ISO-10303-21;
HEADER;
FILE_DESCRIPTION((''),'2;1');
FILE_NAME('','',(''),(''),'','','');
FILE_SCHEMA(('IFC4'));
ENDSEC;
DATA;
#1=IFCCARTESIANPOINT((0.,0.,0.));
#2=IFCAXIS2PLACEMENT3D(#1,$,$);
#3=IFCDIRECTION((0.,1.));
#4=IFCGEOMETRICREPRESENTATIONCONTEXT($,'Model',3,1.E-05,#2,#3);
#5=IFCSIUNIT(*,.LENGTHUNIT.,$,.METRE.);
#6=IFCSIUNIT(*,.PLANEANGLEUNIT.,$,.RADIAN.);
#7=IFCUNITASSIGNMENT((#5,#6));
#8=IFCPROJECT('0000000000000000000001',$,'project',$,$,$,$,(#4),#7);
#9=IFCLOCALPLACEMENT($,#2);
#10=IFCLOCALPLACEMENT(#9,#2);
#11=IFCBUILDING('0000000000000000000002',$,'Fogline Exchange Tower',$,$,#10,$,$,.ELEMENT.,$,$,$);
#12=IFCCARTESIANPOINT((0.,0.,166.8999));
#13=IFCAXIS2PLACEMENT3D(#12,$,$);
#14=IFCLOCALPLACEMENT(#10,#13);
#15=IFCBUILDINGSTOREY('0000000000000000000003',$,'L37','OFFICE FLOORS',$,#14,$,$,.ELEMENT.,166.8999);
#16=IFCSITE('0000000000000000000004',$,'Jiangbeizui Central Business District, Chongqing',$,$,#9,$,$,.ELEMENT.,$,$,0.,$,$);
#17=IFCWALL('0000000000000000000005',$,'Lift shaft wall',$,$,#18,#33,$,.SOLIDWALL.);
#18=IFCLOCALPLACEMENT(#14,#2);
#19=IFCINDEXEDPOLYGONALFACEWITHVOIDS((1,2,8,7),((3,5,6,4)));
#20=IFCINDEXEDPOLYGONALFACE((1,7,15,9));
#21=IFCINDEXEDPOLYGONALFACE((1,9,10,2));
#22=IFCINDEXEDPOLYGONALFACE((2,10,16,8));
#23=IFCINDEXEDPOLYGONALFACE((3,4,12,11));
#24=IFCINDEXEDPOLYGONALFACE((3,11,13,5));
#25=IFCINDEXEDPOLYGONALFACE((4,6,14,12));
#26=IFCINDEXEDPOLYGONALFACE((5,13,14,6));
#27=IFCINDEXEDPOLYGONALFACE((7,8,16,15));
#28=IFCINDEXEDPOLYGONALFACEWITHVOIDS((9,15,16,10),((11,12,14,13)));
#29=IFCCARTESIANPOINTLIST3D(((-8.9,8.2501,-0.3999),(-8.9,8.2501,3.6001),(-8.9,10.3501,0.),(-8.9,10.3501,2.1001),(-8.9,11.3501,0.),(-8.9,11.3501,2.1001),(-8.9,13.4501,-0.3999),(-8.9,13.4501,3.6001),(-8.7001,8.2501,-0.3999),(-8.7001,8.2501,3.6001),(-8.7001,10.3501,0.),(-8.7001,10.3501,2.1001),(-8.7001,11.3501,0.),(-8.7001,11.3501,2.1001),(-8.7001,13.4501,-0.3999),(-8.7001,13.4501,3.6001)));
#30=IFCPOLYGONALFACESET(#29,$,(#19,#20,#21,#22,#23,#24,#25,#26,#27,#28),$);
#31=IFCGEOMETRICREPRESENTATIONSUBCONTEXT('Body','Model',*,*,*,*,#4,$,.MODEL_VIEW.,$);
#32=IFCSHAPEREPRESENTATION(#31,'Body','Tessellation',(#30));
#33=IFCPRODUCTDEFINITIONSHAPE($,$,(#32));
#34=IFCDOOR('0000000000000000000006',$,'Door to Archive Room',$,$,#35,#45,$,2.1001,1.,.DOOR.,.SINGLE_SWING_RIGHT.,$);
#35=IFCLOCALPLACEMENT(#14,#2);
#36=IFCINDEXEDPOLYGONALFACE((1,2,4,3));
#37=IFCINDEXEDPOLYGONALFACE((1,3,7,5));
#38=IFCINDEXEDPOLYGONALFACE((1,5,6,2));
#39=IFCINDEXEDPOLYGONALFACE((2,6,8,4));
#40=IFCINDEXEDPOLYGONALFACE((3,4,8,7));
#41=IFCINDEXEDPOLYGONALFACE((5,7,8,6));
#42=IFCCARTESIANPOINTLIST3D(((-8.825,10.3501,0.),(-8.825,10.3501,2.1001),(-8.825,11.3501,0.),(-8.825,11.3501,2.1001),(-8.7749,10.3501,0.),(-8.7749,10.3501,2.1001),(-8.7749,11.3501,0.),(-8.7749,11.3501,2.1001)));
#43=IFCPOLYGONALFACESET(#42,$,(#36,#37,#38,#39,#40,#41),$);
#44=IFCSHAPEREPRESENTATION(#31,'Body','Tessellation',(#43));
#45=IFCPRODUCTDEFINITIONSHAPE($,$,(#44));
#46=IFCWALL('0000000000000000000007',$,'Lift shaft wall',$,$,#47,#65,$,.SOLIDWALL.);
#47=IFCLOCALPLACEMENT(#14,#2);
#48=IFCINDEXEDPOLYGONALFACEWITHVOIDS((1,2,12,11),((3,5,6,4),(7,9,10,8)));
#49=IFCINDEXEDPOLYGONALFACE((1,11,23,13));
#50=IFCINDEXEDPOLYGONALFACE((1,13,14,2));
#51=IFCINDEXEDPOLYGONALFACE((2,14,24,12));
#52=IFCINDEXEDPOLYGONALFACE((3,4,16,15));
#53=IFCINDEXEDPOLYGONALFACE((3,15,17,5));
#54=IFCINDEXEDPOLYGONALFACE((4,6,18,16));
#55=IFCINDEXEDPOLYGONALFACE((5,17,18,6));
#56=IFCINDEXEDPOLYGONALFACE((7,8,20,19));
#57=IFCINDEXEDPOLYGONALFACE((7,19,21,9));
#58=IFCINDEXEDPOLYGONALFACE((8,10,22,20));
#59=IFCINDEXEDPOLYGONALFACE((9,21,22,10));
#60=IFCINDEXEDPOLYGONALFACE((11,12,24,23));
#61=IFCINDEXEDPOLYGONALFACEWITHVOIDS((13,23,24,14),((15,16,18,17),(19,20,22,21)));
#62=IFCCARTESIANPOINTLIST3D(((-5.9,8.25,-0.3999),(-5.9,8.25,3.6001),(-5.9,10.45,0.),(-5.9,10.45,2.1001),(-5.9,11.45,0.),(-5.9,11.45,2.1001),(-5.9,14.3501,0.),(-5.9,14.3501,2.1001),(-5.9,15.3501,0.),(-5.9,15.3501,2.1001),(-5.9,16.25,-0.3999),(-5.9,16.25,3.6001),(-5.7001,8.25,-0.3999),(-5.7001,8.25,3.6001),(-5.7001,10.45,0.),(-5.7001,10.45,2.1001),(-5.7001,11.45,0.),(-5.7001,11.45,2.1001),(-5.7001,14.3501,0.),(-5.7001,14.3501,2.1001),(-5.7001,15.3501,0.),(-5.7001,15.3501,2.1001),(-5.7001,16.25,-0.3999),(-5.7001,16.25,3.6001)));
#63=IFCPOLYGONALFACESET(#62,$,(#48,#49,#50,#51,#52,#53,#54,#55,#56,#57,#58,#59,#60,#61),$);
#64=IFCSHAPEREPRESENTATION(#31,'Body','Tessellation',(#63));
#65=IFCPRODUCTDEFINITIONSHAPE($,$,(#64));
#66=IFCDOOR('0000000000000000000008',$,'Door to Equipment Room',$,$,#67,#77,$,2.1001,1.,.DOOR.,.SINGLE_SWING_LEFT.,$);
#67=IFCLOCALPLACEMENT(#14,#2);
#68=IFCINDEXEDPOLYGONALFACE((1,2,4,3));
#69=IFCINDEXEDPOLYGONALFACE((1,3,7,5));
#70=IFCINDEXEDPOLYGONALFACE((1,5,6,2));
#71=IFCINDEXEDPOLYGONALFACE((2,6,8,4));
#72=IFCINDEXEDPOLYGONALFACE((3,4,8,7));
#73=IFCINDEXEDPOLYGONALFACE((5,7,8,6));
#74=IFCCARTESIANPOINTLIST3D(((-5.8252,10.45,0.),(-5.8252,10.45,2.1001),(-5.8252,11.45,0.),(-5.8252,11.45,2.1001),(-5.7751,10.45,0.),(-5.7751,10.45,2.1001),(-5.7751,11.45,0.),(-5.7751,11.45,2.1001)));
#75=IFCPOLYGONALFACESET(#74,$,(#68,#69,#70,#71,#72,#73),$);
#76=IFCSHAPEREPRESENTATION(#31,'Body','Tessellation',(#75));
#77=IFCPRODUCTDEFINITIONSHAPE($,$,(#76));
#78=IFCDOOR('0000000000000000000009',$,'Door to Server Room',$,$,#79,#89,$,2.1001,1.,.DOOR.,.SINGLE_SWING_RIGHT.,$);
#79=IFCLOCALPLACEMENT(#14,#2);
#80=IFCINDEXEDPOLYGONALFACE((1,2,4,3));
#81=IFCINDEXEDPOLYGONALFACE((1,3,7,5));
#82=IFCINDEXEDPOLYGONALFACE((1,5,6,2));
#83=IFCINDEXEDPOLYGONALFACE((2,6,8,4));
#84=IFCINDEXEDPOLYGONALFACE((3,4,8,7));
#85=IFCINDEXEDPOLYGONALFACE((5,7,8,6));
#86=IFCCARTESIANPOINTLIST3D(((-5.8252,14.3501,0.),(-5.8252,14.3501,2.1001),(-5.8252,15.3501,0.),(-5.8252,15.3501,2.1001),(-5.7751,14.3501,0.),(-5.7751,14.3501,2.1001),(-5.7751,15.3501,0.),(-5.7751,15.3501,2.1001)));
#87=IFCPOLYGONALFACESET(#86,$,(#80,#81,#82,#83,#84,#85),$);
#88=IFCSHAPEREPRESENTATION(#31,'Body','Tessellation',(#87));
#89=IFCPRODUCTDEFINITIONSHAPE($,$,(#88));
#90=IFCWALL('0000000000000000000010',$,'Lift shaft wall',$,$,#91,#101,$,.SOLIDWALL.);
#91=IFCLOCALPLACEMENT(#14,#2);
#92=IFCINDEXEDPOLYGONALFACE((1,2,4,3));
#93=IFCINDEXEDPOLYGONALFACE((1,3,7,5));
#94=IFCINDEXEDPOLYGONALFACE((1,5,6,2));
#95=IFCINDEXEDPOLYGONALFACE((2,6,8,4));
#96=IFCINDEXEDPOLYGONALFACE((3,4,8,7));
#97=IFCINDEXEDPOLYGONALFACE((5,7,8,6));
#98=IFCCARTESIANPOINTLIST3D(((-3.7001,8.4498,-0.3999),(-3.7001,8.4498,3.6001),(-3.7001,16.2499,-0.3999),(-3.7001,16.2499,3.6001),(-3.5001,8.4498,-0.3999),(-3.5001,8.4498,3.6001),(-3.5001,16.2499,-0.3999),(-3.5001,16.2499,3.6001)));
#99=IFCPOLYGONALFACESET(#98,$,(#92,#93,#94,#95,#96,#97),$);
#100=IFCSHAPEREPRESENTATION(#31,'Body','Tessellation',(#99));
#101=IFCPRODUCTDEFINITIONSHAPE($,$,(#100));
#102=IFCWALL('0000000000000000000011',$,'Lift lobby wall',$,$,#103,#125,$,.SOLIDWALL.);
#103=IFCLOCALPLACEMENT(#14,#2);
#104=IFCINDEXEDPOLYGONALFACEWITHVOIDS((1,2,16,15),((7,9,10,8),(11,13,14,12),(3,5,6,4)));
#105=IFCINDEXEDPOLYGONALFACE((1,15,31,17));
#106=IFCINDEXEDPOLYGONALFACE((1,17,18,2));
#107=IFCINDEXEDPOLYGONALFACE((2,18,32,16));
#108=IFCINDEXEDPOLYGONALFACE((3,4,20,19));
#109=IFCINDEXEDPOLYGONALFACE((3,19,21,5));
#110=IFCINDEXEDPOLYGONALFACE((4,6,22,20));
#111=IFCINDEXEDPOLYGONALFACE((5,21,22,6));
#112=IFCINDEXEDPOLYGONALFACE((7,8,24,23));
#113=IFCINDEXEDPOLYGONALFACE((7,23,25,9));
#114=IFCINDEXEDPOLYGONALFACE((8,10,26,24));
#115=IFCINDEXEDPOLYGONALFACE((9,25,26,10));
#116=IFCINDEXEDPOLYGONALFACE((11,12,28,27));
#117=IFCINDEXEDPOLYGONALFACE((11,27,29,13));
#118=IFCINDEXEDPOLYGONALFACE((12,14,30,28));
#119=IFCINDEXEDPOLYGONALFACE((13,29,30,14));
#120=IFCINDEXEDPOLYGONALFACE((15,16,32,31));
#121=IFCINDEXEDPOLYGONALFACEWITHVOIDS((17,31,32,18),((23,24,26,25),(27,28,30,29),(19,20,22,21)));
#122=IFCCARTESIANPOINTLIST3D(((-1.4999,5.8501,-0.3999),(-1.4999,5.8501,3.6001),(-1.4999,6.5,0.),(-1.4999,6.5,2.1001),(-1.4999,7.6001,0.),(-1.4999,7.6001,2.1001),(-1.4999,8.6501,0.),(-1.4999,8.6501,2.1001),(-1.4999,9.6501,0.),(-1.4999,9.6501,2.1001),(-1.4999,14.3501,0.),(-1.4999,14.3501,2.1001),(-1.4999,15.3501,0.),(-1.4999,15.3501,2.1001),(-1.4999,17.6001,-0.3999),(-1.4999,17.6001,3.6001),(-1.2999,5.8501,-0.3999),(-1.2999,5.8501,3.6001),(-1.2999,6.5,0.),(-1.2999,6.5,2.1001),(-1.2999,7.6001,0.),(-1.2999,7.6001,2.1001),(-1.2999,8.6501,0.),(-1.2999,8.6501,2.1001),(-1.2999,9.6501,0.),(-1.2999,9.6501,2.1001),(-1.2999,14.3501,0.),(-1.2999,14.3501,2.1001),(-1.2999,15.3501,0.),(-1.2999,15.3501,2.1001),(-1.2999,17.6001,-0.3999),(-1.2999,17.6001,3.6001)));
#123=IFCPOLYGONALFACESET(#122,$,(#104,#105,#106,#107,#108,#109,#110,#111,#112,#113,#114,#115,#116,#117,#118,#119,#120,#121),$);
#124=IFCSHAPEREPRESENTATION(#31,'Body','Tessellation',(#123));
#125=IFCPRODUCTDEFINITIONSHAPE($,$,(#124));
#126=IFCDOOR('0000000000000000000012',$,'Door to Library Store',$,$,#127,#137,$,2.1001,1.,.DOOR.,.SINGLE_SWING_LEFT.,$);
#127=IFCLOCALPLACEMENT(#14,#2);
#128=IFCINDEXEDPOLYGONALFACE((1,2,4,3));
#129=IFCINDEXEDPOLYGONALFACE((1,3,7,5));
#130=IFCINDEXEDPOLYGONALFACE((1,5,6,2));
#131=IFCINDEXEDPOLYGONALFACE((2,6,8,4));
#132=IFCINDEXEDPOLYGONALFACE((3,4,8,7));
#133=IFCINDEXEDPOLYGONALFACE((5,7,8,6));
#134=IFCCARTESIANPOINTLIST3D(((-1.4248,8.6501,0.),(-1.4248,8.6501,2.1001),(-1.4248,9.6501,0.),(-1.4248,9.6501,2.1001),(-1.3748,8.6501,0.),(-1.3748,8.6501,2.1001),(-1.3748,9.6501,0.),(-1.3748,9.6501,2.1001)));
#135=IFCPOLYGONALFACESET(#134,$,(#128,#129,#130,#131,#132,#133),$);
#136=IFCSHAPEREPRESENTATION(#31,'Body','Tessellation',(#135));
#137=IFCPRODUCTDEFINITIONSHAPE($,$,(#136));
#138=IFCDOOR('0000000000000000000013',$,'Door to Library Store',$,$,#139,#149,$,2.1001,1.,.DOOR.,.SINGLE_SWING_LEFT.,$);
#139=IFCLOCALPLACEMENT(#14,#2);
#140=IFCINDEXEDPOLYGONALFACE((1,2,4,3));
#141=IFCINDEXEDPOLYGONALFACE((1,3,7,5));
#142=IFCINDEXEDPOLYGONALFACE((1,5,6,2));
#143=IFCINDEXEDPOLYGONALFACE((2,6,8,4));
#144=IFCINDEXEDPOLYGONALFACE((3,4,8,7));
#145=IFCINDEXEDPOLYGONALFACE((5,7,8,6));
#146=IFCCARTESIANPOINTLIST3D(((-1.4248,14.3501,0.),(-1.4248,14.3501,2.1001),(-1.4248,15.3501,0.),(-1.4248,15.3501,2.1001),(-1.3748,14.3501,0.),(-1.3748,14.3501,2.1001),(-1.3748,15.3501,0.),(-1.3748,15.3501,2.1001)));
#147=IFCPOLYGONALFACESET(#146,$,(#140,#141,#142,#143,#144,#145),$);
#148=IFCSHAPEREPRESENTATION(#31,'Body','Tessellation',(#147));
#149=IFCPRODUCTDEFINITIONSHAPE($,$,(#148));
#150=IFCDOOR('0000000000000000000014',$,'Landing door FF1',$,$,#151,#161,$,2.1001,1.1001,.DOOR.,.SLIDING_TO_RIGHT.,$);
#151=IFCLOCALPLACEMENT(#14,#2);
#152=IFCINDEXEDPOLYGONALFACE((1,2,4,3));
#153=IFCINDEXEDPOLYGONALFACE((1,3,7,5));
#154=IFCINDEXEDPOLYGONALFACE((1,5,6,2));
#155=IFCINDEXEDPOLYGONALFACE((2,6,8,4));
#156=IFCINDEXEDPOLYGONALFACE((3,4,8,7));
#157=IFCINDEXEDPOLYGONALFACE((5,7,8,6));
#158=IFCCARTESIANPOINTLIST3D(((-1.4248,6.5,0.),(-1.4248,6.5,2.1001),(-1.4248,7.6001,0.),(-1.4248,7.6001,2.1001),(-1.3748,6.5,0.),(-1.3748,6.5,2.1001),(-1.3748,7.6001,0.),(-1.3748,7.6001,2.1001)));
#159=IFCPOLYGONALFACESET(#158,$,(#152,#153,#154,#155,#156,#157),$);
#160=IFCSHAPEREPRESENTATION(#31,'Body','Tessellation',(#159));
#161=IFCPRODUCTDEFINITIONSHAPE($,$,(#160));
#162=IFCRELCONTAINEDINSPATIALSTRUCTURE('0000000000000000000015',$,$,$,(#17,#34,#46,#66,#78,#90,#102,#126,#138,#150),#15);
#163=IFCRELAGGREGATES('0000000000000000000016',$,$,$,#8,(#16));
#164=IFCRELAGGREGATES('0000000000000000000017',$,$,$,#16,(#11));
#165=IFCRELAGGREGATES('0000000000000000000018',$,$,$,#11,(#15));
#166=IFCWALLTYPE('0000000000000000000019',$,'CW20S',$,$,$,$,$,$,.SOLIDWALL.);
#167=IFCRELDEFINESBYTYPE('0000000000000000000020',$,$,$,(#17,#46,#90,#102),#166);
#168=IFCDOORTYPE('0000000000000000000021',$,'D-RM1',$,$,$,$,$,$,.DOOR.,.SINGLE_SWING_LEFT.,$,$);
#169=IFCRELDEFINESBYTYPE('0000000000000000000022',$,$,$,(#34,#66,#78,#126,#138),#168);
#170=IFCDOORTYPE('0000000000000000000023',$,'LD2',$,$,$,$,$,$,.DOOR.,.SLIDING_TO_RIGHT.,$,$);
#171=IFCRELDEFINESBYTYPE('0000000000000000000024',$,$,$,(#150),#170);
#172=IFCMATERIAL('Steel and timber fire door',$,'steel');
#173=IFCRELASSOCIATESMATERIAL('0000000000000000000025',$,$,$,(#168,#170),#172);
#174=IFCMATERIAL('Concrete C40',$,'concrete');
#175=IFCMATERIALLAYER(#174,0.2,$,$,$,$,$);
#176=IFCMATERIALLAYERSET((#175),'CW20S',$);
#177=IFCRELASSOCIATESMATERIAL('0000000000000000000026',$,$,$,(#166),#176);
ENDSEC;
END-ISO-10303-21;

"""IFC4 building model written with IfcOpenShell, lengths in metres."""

from ifc_helpers import new_model, si_unit, direction, frame, frame_2d, origin, place, context, subcontext, project, spatial, rectangle, extrude, material, layer, layer_set, type_object, element, fill, save


model = new_model("IFC4")

# Units and contexts
model_context = context("Model", 3, precision=1e-05, world=origin(), true_north=direction((0.0, 1.0)))
body_context = subcontext(model_context, "Body", "Model", "MODEL_VIEW")
ifc_project = project(units=[si_unit("LENGTHUNIT", "METRE"), si_unit("PLANEANGLEUNIT", "RADIAN")], contexts=[model_context])

# Site, building, storey
site_placement = place(None, origin())
site = spatial("IfcSite", under=ifc_project, at=site_placement, Name="Jiangbeizui Central Business District, Chongqing", CompositionType="ELEMENT", RefElevation=0.0)
building_placement = place(site_placement, origin())
building = spatial("IfcBuilding", under=site, at=building_placement, Name="Fogline Exchange Tower", CompositionType="ELEMENT")
storey_placement = place(building_placement, frame((0.0, 0.0, 166.8999)))
storey = spatial("IfcBuildingStorey", under=building, at=storey_placement, Name="L37", Description="OFFICE FLOORS", CompositionType="ELEMENT", Elevation=166.8999)

# Shared definitions
ifc_material_1 = material(Name="Steel and timber fire door", Category="steel")

# Wall, opening, door
ifc_material_2 = material(Name="Concrete C40", Category="concrete")
door_type_1 = type_object("IfcDoorType", Name="D-RM1", OperationType="SINGLE_SWING_LEFT", PredefinedType="DOOR", material=ifc_material_1)
ifc_layer_1 = layer(ifc_material_2, 0.2)
ifc_layer_set_1 = layer_set([ifc_layer_1], Name="CW20S")
wall_type_1 = type_object("IfcWallType", Name="CW20S", PredefinedType="SOLIDWALL", material=ifc_layer_set_1)
wall_1_placement = place(storey_placement, frame((-8.8, 8.25, -0.3999), z_axis=(0.0, 0.0, 1.0), x_axis=(0.0, 1.0, 0.0)))
wall_1 = element("IfcWall", 1, at=wall_1_placement, inside=storey, type_object=wall_type_1, Name="Lift shaft wall", PredefinedType="SOLIDWALL", context=body_context, shape_type="SweptSolid", body=[
    extrude(rectangle(XDim=5.2, YDim=0.2, at=frame_2d((2.6001, 0.0))), origin(), (0.0, 0.0, 1.0), 4.0),
])
opening_1_placement = place(wall_1_placement, frame((2.1001, 0.0, 0.3999)))
opening_1 = element("IfcOpeningElement", 2, at=opening_1_placement, cuts=wall_1, PredefinedType="OPENING", context=body_context, shape_type="SweptSolid", body=[
    extrude(rectangle(XDim=1.0, YDim=2.1001, at=frame_2d((0.5, 1.05))), frame((0.0, 0.1099, 0.0), z_axis=(0.0, -1.0, 0.0), x_axis=(1.0, 0.0, 0.0)), (0.0, 0.0, 1.0), 0.22),
])
door_1_placement = place(opening_1_placement, origin())
door_1 = element("IfcDoor", 3, at=door_1_placement, inside=storey, type_object=door_type_1, Name="Door to Archive Room", OperationType="SINGLE_SWING_RIGHT", OverallHeight=2.1001, OverallWidth=1.0, PredefinedType="DOOR", context=body_context, shape_type="SweptSolid", body=[
    extrude(rectangle(XDim=1.0, YDim=2.1001, at=frame_2d((0.5, 1.05))), frame((0.0, 0.0249, 0.0), z_axis=(0.0, -1.0, 0.0), x_axis=(1.0, 0.0, 0.0)), (0.0, 0.0, 1.0), 0.05),
])
fill(opening_1, door_1)

# Wall, openings, doors
wall_2_placement = place(storey_placement, frame((-5.8, 8.25, -0.3999), z_axis=(0.0, 0.0, 1.0), x_axis=(0.0, 1.0, 0.0)))
wall_2 = element("IfcWall", 4, at=wall_2_placement, inside=storey, type_object=wall_type_1, Name="Lift shaft wall", PredefinedType="SOLIDWALL", context=body_context, shape_type="SweptSolid", body=[
    extrude(rectangle(XDim=8.0, YDim=0.2, at=frame_2d((4.0, 0.0))), origin(), (0.0, 0.0, 1.0), 4.0),
])
opening_2_placement = place(wall_2_placement, frame((2.2, 0.0, 0.3999)))
opening_2 = element("IfcOpeningElement", 5, at=opening_2_placement, cuts=wall_2, PredefinedType="OPENING", context=body_context, shape_type="SweptSolid", body=[
    extrude(rectangle(XDim=1.0, YDim=2.1001, at=frame_2d((0.5, 1.05))), frame((0.0, 0.1099, 0.0), z_axis=(0.0, -1.0, 0.0), x_axis=(1.0, 0.0, 0.0)), (0.0, 0.0, 1.0), 0.22),
])
opening_3_placement = place(wall_2_placement, frame((6.1001, 0.0, 0.3999)))
opening_3 = element("IfcOpeningElement", 6, at=opening_3_placement, cuts=wall_2, PredefinedType="OPENING", context=body_context, shape_type="SweptSolid", body=[
    extrude(rectangle(XDim=1.0, YDim=2.1001, at=frame_2d((0.5, 1.05))), frame((0.0, 0.1099, 0.0), z_axis=(0.0, -1.0, 0.0), x_axis=(1.0, 0.0, 0.0)), (0.0, 0.0, 1.0), 0.22),
])
door_2_placement = place(opening_2_placement, frame((1.0, 0.0, 0.0), z_axis=(0.0, 0.0, 1.0), x_axis=(-1.0, 0.0, 0.0)))
door_2 = element("IfcDoor", 7, at=door_2_placement, inside=storey, type_object=door_type_1, Name="Door to Equipment Room", OperationType="SINGLE_SWING_LEFT", OverallHeight=2.1001, OverallWidth=1.0, PredefinedType="DOOR", context=body_context, shape_type="SweptSolid", body=[
    extrude(rectangle(XDim=1.0, YDim=2.1001, at=frame_2d((0.5, 1.05))), frame((0.0, 0.0249, 0.0), z_axis=(0.0, -1.0, 0.0), x_axis=(1.0, 0.0, 0.0)), (0.0, 0.0, 1.0), 0.05),
])
fill(opening_2, door_2)
door_3_placement = place(opening_3_placement, frame((1.0, 0.0, 0.0), z_axis=(0.0, 0.0, 1.0), x_axis=(-1.0, 0.0, 0.0)))
door_3 = element("IfcDoor", 8, at=door_3_placement, inside=storey, type_object=door_type_1, Name="Door to Server Room", OperationType="SINGLE_SWING_RIGHT", OverallHeight=2.1001, OverallWidth=1.0, PredefinedType="DOOR", context=body_context, shape_type="SweptSolid", body=[
    extrude(rectangle(XDim=1.0, YDim=2.1001, at=frame_2d((0.5, 1.05))), frame((0.0, 0.0249, 0.0), z_axis=(0.0, -1.0, 0.0), x_axis=(1.0, 0.0, 0.0)), (0.0, 0.0, 1.0), 0.05),
])
fill(opening_3, door_3)

# Wall
wall_3_placement = place(storey_placement, frame((-3.6001, 8.45, -0.3999), z_axis=(0.0, 0.0, 1.0), x_axis=(0.0, 1.0, 0.0)))
element("IfcWall", 9, at=wall_3_placement, inside=storey, type_object=wall_type_1, Name="Lift shaft wall", PredefinedType="SOLIDWALL", context=body_context, shape_type="SweptSolid", body=[
    extrude(rectangle(XDim=7.8, YDim=0.2, at=frame_2d((3.8999, 0.0))), origin(), (0.0, 0.0, 1.0), 4.0),
])

# Wall, openings, doors
wall_4_placement = place(storey_placement, frame((-1.3999, 5.8501, -0.3999), z_axis=(0.0, 0.0, 1.0), x_axis=(0.0, 1.0, 0.0)))
wall_4 = element("IfcWall", 10, at=wall_4_placement, inside=storey, type_object=wall_type_1, Name="Lift lobby wall", PredefinedType="SOLIDWALL", context=body_context, shape_type="SweptSolid", body=[
    extrude(rectangle(XDim=11.75, YDim=0.2, at=frame_2d((5.875, 0.0))), origin(), (0.0, 0.0, 1.0), 4.0),
])
opening_4_placement = place(wall_4_placement, frame((0.6499, 0.0, 0.3999)))
opening_4 = element("IfcOpeningElement", 11, at=opening_4_placement, cuts=wall_4, PredefinedType="OPENING", context=body_context, shape_type="SweptSolid", body=[
    extrude(rectangle(XDim=1.1001, YDim=2.1001, at=frame_2d((0.55, 1.05))), frame((0.0, 0.1099, 0.0), z_axis=(0.0, -1.0, 0.0), x_axis=(1.0, 0.0, 0.0)), (0.0, 0.0, 1.0), 0.22),
])
opening_5_placement = place(wall_4_placement, frame((2.8, 0.0, 0.3999)))
opening_5 = element("IfcOpeningElement", 12, at=opening_5_placement, cuts=wall_4, PredefinedType="OPENING", context=body_context, shape_type="SweptSolid", body=[
    extrude(rectangle(XDim=1.0, YDim=2.1001, at=frame_2d((0.5, 1.05))), frame((0.0, 0.1099, 0.0), z_axis=(0.0, -1.0, 0.0), x_axis=(1.0, 0.0, 0.0)), (0.0, 0.0, 1.0), 0.22),
])
opening_6_placement = place(wall_4_placement, frame((8.5, 0.0, 0.3999)))
opening_6 = element("IfcOpeningElement", 13, at=opening_6_placement, cuts=wall_4, PredefinedType="OPENING", context=body_context, shape_type="SweptSolid", body=[
    extrude(rectangle(XDim=1.0, YDim=2.1001, at=frame_2d((0.5, 1.05))), frame((0.0, 0.1099, 0.0), z_axis=(0.0, -1.0, 0.0), x_axis=(1.0, 0.0, 0.0)), (0.0, 0.0, 1.0), 0.22),
])
door_4_placement = place(opening_5_placement, origin())
door_4 = element("IfcDoor", 14, at=door_4_placement, inside=storey, type_object=door_type_1, Name="Door to Library Store", OperationType="SINGLE_SWING_LEFT", OverallHeight=2.1001, OverallWidth=1.0, PredefinedType="DOOR", context=body_context, shape_type="SweptSolid", body=[
    extrude(rectangle(XDim=1.0, YDim=2.1001, at=frame_2d((0.5, 1.05))), frame((0.0, 0.0249, 0.0), z_axis=(0.0, -1.0, 0.0), x_axis=(1.0, 0.0, 0.0)), (0.0, 0.0, 1.0), 0.05),
])
fill(opening_5, door_4)
door_5_placement = place(opening_6_placement, origin())
door_5 = element("IfcDoor", 15, at=door_5_placement, inside=storey, type_object=door_type_1, Name="Door to Library Store", OperationType="SINGLE_SWING_LEFT", OverallHeight=2.1001, OverallWidth=1.0, PredefinedType="DOOR", context=body_context, shape_type="SweptSolid", body=[
    extrude(rectangle(XDim=1.0, YDim=2.1001, at=frame_2d((0.5, 1.05))), frame((0.0, 0.0249, 0.0), z_axis=(0.0, -1.0, 0.0), x_axis=(1.0, 0.0, 0.0)), (0.0, 0.0, 1.0), 0.05),
])
fill(opening_6, door_5)
door_type_2 = type_object("IfcDoorType", Name="LD2", OperationType="SLIDING_TO_RIGHT", PredefinedType="DOOR", material=ifc_material_1)
door_6_placement = place(opening_4_placement, origin())
door_6 = element("IfcDoor", 16, at=door_6_placement, inside=storey, type_object=door_type_2, Name="Landing door FF1", OperationType="SLIDING_TO_RIGHT", OverallHeight=2.1001, OverallWidth=1.1001, PredefinedType="DOOR", context=body_context, shape_type="SweptSolid", body=[
    extrude(rectangle(XDim=1.1001, YDim=2.1001, at=frame_2d((0.55, 1.05))), frame((0.0, 0.0249, 0.0), z_axis=(0.0, -1.0, 0.0), x_axis=(1.0, 0.0, 0.0)), (0.0, 0.0, 1.0), 0.05),
])
fill(opening_4, door_6)

save(model, "model.ifc")
